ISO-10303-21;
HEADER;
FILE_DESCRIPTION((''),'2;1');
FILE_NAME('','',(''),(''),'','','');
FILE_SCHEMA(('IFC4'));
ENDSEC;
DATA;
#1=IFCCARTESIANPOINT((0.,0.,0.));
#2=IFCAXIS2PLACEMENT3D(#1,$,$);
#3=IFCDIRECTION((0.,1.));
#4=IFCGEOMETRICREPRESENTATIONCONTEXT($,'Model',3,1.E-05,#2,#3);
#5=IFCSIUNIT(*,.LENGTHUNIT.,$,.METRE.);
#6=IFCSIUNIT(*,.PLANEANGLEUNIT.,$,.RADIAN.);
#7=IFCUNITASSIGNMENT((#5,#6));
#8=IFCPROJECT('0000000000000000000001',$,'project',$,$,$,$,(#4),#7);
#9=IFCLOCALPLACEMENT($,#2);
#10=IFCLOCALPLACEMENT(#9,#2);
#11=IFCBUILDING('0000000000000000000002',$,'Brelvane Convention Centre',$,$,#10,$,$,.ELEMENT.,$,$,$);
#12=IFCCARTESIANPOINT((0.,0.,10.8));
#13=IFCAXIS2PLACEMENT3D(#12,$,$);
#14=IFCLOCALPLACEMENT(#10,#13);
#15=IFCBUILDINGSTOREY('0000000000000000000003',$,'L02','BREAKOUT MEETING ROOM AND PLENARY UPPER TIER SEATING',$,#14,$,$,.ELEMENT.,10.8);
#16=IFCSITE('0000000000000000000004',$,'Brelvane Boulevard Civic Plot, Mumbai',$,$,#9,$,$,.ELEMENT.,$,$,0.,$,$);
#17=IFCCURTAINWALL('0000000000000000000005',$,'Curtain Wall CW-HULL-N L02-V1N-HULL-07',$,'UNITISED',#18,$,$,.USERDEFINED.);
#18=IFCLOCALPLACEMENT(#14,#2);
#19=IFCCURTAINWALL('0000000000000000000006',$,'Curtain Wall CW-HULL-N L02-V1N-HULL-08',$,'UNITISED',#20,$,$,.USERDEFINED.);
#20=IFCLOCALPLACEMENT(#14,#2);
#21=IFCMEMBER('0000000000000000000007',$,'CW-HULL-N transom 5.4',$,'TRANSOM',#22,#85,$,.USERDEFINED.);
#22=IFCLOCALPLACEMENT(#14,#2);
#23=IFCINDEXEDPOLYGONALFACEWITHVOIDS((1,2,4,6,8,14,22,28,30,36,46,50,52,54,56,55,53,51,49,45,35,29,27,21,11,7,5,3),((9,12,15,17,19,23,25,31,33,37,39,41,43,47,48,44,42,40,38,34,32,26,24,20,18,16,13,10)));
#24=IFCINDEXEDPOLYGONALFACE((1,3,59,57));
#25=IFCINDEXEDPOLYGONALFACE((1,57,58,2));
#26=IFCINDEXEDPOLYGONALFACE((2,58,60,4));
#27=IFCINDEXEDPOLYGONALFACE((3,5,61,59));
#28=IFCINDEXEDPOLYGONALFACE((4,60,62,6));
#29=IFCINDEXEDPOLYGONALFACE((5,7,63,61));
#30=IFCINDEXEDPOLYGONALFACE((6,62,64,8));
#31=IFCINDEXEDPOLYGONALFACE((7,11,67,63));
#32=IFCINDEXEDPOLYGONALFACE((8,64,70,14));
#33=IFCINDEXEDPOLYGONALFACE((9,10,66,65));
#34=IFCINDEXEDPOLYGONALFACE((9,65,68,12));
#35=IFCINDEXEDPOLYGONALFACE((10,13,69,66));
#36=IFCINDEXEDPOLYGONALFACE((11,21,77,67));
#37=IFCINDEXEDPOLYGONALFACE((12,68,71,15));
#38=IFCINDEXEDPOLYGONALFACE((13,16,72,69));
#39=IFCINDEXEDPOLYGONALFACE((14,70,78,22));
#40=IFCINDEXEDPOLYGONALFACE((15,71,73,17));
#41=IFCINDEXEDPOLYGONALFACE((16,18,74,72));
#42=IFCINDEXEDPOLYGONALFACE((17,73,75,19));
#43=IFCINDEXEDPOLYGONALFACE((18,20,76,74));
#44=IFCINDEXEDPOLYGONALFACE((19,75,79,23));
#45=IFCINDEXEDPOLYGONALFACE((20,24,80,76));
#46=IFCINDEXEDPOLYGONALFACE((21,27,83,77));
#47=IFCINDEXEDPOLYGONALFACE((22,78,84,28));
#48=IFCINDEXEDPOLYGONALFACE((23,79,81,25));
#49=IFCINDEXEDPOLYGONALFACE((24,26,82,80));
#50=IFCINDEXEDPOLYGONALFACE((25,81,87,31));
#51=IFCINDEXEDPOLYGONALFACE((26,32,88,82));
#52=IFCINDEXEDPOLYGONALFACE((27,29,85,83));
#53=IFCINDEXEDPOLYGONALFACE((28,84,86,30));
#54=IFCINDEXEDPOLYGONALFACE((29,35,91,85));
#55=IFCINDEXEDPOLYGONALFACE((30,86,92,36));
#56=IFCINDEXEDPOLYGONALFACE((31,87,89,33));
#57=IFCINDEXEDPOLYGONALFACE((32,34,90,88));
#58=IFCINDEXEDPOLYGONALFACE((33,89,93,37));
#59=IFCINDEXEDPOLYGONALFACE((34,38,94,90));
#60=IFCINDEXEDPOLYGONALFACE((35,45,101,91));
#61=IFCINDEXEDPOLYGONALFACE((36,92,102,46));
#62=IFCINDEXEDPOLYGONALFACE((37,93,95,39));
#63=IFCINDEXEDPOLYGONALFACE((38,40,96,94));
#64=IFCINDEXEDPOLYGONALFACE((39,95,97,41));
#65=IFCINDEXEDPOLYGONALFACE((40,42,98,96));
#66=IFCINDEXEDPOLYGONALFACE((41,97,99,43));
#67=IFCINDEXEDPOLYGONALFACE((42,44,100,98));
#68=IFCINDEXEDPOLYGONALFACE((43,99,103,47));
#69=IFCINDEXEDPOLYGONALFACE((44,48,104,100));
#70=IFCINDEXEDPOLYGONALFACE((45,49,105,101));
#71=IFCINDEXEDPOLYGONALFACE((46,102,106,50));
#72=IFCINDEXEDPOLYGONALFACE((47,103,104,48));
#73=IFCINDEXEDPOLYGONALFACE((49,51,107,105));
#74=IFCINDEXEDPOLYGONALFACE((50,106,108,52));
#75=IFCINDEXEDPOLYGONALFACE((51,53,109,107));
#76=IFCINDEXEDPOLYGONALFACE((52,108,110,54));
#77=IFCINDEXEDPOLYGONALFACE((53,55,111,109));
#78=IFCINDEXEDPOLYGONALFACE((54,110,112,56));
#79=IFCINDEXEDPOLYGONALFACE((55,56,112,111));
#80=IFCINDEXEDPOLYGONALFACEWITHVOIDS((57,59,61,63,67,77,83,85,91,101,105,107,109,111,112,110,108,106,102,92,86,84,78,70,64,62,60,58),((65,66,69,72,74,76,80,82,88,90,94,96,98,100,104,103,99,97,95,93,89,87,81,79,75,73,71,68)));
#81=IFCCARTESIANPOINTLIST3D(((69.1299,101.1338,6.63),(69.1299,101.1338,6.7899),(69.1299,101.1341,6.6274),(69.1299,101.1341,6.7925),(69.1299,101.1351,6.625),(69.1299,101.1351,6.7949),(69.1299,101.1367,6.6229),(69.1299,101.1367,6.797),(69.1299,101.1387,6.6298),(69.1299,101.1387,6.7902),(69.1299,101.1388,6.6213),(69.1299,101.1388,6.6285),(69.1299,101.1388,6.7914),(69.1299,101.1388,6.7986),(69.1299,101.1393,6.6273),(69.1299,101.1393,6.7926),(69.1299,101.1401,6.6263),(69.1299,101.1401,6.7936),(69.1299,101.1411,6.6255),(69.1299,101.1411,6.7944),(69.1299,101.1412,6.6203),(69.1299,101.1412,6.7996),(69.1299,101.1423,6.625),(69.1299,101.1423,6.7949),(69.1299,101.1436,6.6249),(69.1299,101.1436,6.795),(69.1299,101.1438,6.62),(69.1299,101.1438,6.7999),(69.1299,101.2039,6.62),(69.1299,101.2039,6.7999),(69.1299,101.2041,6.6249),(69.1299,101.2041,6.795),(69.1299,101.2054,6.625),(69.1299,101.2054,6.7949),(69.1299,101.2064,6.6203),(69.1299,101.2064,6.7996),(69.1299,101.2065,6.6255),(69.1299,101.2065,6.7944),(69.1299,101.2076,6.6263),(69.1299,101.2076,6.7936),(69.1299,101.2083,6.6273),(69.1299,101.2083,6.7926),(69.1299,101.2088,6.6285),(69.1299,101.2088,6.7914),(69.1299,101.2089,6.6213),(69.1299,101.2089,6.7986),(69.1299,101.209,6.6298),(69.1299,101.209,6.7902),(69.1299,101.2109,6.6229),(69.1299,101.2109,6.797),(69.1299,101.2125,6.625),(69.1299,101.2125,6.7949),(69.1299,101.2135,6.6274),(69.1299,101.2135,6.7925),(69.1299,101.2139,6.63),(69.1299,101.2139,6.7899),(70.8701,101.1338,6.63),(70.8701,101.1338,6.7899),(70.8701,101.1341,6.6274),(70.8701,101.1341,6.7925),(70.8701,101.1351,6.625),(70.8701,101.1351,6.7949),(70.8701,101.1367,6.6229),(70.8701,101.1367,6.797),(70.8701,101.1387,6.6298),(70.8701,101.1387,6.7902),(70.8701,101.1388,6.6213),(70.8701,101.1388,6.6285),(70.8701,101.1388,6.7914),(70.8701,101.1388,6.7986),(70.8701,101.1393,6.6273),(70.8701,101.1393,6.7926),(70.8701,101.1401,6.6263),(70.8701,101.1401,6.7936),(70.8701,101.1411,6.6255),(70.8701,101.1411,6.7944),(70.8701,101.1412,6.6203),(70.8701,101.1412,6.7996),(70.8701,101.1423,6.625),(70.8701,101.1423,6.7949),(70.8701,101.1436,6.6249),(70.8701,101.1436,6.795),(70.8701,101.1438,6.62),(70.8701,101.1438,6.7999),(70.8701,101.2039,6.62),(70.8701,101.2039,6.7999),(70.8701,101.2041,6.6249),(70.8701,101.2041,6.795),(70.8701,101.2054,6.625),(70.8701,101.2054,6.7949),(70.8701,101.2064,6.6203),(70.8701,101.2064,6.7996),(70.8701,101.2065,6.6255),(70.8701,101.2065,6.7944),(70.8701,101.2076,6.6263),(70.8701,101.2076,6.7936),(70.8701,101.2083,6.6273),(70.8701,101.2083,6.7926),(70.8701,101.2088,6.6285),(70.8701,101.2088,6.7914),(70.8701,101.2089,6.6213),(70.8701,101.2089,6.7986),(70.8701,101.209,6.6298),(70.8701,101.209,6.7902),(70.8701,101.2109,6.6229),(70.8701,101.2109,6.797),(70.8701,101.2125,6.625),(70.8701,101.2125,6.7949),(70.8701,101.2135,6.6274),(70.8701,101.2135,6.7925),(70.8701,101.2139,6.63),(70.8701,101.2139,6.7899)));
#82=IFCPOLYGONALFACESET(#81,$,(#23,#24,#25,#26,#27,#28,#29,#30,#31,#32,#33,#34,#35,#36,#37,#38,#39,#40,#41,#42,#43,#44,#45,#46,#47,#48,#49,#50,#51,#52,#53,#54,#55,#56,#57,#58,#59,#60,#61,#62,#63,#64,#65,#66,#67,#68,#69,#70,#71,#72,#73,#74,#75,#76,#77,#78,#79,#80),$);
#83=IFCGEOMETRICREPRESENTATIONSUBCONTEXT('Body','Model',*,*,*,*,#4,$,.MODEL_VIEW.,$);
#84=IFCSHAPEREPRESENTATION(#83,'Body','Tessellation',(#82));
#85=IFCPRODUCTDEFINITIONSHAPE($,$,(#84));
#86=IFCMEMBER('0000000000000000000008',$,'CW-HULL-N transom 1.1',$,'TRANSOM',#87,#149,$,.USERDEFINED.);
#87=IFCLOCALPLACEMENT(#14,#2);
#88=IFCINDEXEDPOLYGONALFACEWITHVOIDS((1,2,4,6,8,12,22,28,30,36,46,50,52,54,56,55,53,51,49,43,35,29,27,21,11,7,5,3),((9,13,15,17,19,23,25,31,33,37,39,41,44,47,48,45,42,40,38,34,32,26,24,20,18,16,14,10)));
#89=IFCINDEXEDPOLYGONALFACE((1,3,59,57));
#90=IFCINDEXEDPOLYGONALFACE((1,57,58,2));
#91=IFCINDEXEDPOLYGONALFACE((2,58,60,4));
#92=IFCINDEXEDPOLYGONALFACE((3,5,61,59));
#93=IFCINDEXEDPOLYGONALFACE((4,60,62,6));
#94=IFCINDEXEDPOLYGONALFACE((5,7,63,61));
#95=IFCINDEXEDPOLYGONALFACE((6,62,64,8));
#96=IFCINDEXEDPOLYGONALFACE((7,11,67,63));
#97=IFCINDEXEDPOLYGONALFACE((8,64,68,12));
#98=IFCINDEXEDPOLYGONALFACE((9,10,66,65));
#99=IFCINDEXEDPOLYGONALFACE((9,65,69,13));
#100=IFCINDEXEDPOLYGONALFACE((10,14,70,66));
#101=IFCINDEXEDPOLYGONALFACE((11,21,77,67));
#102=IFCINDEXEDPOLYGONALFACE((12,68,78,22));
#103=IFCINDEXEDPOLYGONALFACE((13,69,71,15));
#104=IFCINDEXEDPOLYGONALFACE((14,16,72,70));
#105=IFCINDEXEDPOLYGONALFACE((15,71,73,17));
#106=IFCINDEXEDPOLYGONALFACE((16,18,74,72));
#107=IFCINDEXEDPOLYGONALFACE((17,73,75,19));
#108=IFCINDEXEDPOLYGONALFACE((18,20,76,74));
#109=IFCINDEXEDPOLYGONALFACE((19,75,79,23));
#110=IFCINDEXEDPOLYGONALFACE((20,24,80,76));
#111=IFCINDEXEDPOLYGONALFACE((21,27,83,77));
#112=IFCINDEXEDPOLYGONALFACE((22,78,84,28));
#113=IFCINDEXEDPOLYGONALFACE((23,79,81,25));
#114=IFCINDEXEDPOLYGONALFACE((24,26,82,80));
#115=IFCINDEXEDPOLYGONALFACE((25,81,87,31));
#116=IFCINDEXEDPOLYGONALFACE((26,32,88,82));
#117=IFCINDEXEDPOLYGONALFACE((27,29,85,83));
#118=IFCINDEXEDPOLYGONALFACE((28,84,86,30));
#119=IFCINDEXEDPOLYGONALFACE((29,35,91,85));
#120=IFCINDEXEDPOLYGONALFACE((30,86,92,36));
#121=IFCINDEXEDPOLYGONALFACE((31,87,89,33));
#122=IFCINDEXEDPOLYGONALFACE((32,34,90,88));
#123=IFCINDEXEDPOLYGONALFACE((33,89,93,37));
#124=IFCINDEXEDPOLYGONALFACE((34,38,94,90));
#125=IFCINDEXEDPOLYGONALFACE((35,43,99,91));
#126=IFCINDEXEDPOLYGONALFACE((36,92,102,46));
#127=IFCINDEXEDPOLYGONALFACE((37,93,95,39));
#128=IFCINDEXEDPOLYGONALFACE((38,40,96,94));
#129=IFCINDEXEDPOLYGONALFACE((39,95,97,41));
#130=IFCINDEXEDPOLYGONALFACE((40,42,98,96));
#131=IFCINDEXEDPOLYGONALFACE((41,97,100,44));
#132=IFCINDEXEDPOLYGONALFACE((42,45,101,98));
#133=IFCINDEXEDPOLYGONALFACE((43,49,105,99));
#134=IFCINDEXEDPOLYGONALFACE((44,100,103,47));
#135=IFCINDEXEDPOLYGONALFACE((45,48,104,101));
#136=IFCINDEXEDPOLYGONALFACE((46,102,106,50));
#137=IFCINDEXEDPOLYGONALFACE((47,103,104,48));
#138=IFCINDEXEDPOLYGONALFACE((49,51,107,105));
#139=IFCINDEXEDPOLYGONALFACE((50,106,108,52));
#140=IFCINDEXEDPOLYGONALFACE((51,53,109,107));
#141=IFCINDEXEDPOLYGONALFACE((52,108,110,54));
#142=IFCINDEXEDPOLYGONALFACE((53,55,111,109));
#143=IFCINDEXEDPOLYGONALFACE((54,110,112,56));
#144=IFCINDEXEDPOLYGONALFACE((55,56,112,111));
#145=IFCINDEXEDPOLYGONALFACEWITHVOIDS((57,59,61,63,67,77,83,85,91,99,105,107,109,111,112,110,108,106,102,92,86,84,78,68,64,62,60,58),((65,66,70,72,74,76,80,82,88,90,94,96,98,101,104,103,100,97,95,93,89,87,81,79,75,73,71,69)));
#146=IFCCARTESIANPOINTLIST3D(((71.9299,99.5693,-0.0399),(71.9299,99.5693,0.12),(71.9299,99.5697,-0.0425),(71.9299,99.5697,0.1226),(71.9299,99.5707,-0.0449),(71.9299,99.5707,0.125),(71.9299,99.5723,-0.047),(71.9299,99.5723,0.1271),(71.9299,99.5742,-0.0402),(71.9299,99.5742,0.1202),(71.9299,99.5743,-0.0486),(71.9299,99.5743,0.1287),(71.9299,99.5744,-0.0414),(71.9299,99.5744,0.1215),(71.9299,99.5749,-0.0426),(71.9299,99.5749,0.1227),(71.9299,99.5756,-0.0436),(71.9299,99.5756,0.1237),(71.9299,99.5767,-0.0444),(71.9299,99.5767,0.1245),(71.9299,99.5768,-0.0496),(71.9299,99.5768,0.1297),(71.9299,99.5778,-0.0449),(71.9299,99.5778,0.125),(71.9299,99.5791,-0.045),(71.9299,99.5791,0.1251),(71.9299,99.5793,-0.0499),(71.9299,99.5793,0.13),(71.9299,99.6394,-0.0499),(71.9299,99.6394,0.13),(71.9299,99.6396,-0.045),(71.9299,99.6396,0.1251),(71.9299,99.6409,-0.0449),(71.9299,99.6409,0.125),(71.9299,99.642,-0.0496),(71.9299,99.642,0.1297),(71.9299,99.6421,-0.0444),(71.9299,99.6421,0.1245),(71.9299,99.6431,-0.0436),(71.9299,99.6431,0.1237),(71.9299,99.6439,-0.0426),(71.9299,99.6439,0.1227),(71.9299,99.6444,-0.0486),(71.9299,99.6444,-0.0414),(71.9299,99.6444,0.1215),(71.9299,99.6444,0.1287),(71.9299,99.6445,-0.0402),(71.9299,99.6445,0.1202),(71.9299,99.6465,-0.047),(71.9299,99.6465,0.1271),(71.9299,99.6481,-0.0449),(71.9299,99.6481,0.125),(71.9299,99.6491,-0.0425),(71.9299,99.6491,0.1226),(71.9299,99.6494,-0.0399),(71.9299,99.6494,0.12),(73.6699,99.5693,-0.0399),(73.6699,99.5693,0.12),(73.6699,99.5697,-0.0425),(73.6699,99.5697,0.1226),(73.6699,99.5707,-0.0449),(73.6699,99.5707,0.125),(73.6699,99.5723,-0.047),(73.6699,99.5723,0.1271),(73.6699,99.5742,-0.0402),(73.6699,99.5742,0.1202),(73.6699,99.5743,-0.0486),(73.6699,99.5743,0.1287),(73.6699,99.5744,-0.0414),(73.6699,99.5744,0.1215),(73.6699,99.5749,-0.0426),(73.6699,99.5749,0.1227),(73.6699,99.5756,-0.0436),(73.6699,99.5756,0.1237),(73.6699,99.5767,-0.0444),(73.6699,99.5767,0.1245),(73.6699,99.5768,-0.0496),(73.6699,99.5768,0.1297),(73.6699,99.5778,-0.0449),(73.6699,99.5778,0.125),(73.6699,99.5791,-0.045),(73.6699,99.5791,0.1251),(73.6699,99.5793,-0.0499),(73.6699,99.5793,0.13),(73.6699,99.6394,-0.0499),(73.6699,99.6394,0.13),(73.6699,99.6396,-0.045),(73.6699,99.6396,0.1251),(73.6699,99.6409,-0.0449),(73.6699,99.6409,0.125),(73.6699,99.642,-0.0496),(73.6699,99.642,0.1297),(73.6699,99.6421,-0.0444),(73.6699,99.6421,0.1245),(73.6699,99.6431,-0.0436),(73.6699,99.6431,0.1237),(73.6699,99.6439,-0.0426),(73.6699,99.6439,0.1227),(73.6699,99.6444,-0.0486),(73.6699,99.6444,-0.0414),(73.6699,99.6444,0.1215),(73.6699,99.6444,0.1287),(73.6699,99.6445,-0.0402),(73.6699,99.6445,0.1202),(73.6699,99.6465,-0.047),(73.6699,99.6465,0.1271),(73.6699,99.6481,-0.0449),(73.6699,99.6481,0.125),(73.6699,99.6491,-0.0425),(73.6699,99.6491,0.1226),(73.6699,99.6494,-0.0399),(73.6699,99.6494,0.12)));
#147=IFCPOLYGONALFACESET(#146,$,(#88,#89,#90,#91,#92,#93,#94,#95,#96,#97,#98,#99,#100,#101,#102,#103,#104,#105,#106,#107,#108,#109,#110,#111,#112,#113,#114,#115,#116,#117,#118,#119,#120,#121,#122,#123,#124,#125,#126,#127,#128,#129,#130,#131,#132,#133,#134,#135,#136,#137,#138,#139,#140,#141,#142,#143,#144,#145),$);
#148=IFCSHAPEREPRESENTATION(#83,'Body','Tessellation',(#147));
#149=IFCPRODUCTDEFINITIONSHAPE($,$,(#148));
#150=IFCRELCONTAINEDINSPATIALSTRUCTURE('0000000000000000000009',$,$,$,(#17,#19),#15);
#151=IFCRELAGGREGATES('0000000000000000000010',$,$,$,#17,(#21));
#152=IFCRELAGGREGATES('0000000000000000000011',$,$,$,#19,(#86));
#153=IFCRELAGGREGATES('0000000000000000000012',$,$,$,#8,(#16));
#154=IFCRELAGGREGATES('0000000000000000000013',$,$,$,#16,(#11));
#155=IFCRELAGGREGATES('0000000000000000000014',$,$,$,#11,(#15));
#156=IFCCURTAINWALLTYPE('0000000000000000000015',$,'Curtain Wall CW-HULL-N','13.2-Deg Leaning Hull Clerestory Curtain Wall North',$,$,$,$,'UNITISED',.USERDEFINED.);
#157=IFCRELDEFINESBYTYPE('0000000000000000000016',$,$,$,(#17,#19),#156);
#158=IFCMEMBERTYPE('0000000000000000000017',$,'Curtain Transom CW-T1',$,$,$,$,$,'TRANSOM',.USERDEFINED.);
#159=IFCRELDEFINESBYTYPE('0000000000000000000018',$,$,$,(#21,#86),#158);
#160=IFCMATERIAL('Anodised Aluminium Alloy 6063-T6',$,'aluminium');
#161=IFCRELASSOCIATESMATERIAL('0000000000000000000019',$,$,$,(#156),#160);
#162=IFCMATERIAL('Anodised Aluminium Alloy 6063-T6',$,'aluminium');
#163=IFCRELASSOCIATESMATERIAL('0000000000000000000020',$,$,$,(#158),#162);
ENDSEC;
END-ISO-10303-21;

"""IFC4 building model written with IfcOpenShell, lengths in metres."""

from ifc_helpers import new_model, si_unit, direction, frame, origin, origin_2d, place, context, subcontext, project, spatial, hollow_rectangle, extrude, material, material_profile, profile_set, type_object, element, aggregate, save


model = new_model("IFC4")

# Units and contexts
model_context = context("Model", 3, precision=1e-05, world=origin(), true_north=direction((0.0, 1.0)))
body_context = subcontext(model_context, "Body", "Model", "MODEL_VIEW")
ifc_project = project(units=[si_unit("LENGTHUNIT", "METRE"), si_unit("PLANEANGLEUNIT", "RADIAN")], contexts=[model_context])

# Site, building, storey
site_placement = place(None, origin())
site = spatial("IfcSite", under=ifc_project, at=site_placement, Name="Brelvane Boulevard Civic Plot, Mumbai", CompositionType="ELEMENT", RefElevation=0.0)
building_placement = place(site_placement, origin())
building = spatial("IfcBuilding", under=site, at=building_placement, Name="Brelvane Convention Centre", CompositionType="ELEMENT")
storey_placement = place(building_placement, frame((0.0, 0.0, 10.8)))
storey = spatial("IfcBuildingStorey", under=building, at=storey_placement, Name="L02", Description="BREAKOUT MEETING ROOM AND PLENARY UPPER TIER SEATING", CompositionType="ELEMENT", Elevation=10.8)

# Curtain wall
ifc_material_1 = material(Name="Anodised Aluminium Alloy 6063-T6", Category="aluminium")
curtain_wall_type = type_object("IfcCurtainWallType", Name="Curtain Wall CW-HULL-N", Description="13.2-Deg Leaning Hull Clerestory Curtain Wall North", ElementType="UNITISED", PredefinedType="USERDEFINED", material=ifc_material_1)
curtain_wall_1_placement = place(storey_placement, origin())
curtain_wall_1 = element("IfcCurtainWall", 1, at=curtain_wall_1_placement, inside=storey, type_object=curtain_wall_type, Name="Curtain Wall CW-HULL-N L02-V1N-HULL-07", ObjectType="UNITISED", PredefinedType="USERDEFINED")

# Curtain wall
curtain_wall_2_placement = place(storey_placement, origin())
curtain_wall_2 = element("IfcCurtainWall", 2, at=curtain_wall_2_placement, inside=storey, type_object=curtain_wall_type, Name="Curtain Wall CW-HULL-N L02-V1N-HULL-08", ObjectType="UNITISED", PredefinedType="USERDEFINED")

# Members
ifc_material_2 = material(Name="Anodised Aluminium Alloy 6063-T6", Category="aluminium")
ifc_material_profile_1 = material_profile(ifc_material_2, hollow_rectangle(XDim=0.0801, YDim=0.1799, WallThickness=0.0049, InnerFilletRadius=0.0049, OuterFilletRadius=0.01, at=origin_2d()), Name="ALU-T 180x80x5.0")
ifc_profile_set_1 = profile_set([ifc_material_profile_1], Name="Anodised Aluminium Alloy 6063-T6")
member_type_1 = type_object("IfcMemberType", Name="Curtain Transom CW-T1", ElementType="TRANSOM", PredefinedType="USERDEFINED", material=ifc_profile_set_1)
member_1_placement = place(storey_placement, frame((69.1299, 101.1738, 6.71), z_axis=(1.0, 0.0, 0.0), x_axis=(0.0, 1.0, 0.0)))
member_1 = element("IfcMember", 3, at=member_1_placement, type_object=member_type_1, Name="CW-HULL-N transom 5.4", ObjectType="TRANSOM", PredefinedType="USERDEFINED", context=body_context, shape_type="SweptSolid", body=[
    extrude(hollow_rectangle(XDim=0.0801, YDim=0.1799, WallThickness=0.0049, InnerFilletRadius=0.0049, OuterFilletRadius=0.01, at=origin_2d()), origin(), (0.0, 0.0, 1.0), 1.7402),
])
member_2_placement = place(storey_placement, frame((71.9299, 99.6094, 0.04), z_axis=(1.0, 0.0, 0.0), x_axis=(0.0, 1.0, 0.0)))
member_2 = element("IfcMember", 4, at=member_2_placement, type_object=member_type_1, Name="CW-HULL-N transom 1.1", ObjectType="TRANSOM", PredefinedType="USERDEFINED", context=body_context, shape_type="SweptSolid", body=[
    extrude(hollow_rectangle(XDim=0.0801, YDim=0.1799, WallThickness=0.0049, InnerFilletRadius=0.0049, OuterFilletRadius=0.01, at=origin_2d()), origin(), (0.0, 0.0, 1.0), 1.74),
])

aggregate(curtain_wall_1, [member_1])
aggregate(curtain_wall_2, [member_2])

save(model, "model.ifc")
